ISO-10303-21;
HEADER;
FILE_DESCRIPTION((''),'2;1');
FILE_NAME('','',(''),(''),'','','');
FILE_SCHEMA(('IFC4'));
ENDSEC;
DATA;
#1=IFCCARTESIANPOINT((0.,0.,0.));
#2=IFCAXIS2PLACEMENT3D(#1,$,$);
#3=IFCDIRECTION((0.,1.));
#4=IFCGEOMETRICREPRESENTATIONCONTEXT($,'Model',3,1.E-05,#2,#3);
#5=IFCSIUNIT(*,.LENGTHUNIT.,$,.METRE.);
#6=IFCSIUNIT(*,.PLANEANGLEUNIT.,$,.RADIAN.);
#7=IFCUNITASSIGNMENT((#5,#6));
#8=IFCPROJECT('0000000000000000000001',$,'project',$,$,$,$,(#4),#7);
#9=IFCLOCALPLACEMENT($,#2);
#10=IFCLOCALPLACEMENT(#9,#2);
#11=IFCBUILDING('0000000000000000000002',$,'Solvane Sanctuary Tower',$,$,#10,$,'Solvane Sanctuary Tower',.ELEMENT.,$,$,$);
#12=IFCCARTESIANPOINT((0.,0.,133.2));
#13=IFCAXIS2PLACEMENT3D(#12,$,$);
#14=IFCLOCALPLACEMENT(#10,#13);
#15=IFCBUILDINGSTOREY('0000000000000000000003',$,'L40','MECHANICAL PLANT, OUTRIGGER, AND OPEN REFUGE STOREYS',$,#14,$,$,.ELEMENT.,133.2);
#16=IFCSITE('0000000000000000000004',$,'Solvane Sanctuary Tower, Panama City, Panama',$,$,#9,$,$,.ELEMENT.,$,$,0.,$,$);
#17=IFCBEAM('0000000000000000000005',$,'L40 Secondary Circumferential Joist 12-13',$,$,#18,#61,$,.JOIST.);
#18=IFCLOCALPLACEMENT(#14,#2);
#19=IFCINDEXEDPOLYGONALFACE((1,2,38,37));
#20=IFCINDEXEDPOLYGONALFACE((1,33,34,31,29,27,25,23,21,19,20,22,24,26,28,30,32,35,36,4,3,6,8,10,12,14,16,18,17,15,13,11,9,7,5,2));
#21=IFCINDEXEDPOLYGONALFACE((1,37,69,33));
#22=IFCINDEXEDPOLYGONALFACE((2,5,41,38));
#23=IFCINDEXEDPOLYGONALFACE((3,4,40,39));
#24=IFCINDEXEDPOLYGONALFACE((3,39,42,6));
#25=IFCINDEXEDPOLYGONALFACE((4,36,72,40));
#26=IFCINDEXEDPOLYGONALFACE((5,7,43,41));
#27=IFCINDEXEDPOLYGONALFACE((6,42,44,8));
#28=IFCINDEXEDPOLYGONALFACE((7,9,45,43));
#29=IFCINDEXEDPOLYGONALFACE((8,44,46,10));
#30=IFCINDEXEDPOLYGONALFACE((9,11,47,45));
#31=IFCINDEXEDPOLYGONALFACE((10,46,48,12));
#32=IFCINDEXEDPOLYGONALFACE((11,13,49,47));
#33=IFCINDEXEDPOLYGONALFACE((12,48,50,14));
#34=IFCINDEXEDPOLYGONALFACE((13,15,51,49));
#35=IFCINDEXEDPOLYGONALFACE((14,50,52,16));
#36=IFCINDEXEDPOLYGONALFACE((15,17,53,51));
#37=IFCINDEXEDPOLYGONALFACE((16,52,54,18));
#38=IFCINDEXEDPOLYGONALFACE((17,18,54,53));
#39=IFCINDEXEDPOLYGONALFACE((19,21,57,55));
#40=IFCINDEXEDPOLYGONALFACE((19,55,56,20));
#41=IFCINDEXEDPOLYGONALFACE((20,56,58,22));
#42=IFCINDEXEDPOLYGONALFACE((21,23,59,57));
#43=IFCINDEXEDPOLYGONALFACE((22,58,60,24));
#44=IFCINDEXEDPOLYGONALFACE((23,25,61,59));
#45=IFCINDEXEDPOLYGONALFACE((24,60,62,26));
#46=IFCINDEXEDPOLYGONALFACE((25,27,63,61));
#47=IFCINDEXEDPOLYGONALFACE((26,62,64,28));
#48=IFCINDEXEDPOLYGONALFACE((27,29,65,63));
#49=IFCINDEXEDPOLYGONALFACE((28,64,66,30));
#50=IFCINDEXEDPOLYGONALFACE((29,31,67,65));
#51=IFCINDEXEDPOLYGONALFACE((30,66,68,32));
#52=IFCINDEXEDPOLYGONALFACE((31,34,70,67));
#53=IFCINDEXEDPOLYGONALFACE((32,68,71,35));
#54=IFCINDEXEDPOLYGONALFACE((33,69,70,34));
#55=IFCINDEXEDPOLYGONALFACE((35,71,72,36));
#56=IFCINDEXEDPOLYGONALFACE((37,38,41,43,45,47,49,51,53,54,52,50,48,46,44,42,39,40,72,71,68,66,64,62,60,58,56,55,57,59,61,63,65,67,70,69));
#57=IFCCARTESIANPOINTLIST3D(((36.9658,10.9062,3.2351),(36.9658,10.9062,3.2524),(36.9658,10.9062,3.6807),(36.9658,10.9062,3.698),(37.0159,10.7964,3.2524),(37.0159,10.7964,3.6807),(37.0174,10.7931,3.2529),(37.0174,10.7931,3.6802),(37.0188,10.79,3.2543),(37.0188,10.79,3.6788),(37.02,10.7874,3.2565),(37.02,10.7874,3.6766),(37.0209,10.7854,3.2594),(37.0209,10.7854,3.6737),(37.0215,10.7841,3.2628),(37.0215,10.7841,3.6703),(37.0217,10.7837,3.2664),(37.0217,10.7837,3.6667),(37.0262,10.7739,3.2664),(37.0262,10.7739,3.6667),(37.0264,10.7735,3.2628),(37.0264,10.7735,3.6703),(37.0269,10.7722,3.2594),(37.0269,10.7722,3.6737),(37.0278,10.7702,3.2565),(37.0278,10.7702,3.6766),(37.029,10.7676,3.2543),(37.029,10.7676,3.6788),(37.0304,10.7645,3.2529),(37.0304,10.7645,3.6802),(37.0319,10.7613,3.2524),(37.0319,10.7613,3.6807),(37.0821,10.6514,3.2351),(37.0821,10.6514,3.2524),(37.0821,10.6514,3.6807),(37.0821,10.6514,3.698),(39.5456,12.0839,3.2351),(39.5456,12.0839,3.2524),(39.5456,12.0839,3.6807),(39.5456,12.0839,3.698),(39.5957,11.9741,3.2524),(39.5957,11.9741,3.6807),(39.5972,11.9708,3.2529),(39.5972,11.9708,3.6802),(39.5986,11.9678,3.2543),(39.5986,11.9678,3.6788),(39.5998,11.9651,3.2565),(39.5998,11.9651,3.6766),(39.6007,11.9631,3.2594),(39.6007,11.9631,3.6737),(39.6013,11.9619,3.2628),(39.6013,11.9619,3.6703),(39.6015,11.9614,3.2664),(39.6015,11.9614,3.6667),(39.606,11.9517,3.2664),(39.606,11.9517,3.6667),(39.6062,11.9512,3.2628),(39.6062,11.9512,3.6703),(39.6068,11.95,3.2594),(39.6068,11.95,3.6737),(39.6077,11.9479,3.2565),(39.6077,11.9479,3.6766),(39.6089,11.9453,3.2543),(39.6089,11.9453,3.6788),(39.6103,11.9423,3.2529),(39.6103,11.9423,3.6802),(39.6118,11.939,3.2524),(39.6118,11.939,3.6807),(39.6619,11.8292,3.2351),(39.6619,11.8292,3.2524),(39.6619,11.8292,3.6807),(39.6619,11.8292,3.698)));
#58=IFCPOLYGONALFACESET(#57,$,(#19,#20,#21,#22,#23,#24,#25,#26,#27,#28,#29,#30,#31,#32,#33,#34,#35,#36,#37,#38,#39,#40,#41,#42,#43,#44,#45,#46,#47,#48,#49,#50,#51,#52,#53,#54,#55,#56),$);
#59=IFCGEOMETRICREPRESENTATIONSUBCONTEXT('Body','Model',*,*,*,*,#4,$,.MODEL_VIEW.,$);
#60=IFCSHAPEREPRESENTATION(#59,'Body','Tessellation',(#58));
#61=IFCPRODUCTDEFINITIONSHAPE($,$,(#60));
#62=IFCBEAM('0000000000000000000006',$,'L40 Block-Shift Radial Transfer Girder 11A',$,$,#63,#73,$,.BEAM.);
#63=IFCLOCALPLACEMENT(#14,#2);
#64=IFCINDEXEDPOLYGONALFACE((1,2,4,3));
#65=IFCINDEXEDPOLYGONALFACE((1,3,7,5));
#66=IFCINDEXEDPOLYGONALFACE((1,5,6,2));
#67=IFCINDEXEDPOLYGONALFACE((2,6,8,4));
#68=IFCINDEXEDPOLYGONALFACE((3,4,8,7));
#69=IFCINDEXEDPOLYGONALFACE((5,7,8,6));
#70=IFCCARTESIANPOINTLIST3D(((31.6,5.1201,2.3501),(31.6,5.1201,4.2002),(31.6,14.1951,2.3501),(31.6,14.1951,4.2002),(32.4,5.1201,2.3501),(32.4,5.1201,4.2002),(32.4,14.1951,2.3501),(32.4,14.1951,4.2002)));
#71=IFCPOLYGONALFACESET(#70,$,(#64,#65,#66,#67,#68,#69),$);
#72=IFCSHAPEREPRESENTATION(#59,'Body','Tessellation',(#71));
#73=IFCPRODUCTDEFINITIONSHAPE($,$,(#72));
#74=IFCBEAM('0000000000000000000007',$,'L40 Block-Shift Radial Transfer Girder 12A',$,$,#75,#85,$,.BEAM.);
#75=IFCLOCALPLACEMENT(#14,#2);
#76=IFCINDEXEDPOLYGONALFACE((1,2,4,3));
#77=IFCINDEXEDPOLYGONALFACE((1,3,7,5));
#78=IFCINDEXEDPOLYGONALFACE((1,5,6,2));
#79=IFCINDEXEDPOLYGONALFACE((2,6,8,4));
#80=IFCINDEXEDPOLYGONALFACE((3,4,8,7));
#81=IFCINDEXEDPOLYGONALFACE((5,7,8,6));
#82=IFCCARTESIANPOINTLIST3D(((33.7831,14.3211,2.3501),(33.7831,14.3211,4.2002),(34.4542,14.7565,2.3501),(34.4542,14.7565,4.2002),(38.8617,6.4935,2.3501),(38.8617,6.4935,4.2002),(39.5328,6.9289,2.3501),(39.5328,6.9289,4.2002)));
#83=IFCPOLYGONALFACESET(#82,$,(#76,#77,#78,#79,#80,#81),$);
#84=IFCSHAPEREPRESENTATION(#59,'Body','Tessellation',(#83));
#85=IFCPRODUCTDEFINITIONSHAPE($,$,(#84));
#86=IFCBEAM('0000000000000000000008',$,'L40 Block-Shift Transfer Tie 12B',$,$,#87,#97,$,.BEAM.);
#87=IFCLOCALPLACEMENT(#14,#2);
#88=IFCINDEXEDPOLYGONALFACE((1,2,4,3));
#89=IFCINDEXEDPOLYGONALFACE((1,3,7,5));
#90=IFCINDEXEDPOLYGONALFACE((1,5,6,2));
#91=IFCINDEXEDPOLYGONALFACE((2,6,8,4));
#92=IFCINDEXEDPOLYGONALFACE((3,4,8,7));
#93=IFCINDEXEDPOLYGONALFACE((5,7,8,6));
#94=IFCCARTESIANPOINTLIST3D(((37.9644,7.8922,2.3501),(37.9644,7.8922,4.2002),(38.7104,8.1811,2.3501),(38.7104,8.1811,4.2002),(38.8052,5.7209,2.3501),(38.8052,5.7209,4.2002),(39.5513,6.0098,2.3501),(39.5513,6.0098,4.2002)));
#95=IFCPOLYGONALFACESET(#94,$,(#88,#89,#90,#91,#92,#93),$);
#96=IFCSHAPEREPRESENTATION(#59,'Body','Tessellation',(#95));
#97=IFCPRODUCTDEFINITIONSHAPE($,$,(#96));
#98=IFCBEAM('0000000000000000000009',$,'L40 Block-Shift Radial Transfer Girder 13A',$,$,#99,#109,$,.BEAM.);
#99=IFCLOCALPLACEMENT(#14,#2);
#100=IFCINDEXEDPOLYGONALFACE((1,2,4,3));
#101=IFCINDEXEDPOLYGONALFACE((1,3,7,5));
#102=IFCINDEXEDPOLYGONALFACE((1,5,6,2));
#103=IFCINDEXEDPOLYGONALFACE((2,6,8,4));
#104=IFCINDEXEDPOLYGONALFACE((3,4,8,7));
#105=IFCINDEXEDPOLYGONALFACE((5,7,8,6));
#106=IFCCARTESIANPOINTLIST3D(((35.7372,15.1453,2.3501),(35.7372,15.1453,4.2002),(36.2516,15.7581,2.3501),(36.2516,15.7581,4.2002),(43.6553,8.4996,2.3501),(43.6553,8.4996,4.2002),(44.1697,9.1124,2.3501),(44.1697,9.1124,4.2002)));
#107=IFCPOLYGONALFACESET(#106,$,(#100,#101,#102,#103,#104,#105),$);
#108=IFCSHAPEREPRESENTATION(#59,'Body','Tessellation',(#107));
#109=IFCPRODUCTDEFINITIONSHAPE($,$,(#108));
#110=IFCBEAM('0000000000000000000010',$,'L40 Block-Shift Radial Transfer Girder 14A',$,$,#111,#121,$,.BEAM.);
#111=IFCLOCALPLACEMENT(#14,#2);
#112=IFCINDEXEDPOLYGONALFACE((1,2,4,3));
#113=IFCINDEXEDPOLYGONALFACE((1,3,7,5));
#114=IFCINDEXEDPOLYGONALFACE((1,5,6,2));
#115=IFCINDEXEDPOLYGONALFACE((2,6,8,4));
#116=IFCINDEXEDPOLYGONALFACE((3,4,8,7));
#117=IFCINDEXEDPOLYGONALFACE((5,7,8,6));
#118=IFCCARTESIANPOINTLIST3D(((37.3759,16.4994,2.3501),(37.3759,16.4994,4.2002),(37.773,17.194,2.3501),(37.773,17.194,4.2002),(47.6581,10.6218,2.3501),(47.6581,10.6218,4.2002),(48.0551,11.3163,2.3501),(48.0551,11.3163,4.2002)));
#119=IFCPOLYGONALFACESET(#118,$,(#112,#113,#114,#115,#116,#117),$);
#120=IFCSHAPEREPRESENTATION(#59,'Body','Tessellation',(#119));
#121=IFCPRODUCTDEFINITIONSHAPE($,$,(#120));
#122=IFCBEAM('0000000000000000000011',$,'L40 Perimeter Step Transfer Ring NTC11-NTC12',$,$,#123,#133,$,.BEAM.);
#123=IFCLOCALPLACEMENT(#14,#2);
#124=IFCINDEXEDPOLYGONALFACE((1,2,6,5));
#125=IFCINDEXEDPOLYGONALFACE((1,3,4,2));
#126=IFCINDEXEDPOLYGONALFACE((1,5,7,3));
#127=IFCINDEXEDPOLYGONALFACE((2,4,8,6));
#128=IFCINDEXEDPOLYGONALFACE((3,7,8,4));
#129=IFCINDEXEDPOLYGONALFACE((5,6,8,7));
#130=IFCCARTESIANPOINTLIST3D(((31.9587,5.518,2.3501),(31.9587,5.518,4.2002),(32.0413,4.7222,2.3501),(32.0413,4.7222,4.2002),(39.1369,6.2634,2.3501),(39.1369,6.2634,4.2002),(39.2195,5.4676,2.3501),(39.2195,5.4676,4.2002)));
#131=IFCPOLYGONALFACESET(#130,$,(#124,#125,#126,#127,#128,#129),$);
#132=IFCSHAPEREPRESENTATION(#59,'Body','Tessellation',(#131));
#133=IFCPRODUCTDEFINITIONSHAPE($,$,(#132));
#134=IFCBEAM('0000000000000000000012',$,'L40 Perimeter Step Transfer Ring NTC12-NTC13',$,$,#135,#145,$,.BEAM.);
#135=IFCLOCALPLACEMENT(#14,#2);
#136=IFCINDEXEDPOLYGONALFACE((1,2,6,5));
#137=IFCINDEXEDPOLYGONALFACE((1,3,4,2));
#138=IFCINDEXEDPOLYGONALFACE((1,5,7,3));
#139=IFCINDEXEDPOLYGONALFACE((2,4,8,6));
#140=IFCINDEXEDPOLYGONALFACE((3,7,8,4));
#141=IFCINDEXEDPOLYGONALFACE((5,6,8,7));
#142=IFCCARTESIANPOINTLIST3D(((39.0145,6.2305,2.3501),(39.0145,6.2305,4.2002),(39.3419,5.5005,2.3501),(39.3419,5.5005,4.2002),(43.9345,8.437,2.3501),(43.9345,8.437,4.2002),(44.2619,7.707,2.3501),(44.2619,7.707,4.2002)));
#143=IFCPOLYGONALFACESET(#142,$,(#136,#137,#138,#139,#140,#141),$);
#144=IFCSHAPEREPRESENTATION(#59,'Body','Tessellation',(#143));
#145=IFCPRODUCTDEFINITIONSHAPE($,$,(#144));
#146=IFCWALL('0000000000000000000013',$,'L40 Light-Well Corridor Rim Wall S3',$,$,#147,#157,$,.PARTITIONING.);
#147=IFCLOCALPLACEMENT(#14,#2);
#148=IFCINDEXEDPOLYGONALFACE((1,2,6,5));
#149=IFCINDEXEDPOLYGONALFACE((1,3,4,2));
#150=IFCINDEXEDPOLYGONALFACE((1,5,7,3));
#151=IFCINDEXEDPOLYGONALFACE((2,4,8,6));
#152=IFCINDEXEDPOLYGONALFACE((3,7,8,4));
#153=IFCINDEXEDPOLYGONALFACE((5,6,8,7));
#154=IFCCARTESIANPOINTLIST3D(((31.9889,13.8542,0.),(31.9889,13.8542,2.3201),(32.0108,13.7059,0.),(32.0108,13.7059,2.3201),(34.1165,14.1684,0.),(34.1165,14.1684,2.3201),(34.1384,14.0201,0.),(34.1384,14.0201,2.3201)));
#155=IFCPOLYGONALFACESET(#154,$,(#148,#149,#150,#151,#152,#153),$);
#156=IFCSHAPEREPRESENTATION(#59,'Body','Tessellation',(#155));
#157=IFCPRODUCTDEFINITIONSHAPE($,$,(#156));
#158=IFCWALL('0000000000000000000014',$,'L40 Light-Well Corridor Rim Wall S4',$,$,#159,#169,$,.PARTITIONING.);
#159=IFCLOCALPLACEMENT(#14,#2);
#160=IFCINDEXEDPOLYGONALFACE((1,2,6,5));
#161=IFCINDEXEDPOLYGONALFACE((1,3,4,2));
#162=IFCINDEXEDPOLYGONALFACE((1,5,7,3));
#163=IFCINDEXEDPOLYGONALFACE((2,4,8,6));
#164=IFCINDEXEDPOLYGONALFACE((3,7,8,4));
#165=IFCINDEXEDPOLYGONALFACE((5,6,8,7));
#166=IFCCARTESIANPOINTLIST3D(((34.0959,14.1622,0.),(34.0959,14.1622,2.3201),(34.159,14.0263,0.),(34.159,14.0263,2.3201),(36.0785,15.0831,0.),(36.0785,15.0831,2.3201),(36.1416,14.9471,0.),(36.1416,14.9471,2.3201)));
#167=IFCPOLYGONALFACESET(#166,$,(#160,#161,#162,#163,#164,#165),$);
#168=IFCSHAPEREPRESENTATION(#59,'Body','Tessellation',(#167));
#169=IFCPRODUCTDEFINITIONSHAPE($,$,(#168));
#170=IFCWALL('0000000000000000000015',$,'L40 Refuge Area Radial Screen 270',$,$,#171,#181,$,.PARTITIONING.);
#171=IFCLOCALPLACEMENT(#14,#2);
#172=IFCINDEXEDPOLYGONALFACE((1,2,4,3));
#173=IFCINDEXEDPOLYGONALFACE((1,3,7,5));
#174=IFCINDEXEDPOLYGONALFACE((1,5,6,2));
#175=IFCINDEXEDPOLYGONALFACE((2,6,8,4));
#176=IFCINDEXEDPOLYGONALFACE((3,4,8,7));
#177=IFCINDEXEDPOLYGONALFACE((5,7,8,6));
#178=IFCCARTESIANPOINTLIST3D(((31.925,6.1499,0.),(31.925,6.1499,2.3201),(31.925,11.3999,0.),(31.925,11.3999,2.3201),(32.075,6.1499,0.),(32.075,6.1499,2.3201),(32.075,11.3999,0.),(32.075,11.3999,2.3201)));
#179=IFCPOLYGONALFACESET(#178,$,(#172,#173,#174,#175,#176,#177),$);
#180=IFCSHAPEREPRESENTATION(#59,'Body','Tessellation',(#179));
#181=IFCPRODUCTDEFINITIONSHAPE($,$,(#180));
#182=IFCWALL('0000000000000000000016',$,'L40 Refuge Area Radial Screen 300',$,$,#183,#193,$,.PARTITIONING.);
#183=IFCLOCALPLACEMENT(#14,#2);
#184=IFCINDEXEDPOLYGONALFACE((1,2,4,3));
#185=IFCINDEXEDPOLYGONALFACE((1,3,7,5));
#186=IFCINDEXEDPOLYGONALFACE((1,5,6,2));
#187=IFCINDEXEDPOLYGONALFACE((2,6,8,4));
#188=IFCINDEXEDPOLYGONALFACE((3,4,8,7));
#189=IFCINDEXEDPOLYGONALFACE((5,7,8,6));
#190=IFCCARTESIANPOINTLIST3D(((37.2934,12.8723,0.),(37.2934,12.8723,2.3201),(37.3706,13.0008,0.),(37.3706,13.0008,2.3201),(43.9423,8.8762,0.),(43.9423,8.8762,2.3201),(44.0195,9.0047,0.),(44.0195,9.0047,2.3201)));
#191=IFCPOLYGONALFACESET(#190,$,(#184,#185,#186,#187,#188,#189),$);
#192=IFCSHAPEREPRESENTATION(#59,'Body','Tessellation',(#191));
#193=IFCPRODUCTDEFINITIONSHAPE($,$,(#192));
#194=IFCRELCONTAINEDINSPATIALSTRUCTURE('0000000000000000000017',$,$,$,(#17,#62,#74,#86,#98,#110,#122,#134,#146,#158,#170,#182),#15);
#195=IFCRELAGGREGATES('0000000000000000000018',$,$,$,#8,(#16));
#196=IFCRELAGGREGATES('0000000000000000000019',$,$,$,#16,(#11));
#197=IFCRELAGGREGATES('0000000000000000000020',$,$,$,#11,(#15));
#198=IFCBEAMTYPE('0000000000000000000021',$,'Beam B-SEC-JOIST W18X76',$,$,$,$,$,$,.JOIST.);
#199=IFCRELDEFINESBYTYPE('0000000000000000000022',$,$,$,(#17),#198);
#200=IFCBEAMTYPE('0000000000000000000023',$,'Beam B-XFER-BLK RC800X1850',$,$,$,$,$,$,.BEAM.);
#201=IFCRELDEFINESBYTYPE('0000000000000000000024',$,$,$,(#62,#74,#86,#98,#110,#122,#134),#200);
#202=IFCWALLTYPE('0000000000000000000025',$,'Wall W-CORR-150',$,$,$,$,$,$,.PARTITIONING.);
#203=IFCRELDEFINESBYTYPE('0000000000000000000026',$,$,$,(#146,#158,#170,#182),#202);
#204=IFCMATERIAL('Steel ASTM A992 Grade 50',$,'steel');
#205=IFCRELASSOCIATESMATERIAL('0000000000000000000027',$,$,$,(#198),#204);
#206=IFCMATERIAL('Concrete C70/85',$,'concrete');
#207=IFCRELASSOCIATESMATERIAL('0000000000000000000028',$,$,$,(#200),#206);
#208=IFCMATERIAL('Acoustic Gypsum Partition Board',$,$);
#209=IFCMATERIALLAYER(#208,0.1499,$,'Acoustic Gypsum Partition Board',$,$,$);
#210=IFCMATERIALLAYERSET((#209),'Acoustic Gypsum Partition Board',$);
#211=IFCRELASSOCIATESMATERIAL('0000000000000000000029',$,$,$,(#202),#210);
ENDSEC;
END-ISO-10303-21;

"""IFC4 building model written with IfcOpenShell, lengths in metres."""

from ifc_helpers import new_model, si_unit, direction, frame, frame_2d, origin, origin_2d, place, context, subcontext, project, spatial, rectangle, i_section, extrude, material, layer, layer_set, material_profile, profile_set, type_object, element, save


model = new_model("IFC4")

# Units and contexts
model_context = context("Model", 3, precision=1e-05, world=origin(), true_north=direction((0.0, 1.0)))
body_context = subcontext(model_context, "Body", "Model", "MODEL_VIEW")
ifc_project = project(units=[si_unit("LENGTHUNIT", "METRE"), si_unit("PLANEANGLEUNIT", "RADIAN")], contexts=[model_context])

# Site, building, storey
site_placement = place(None, origin())
site = spatial("IfcSite", under=ifc_project, at=site_placement, Name="Solvane Sanctuary Tower, Panama City, Panama", CompositionType="ELEMENT", RefElevation=0.0)
building_placement = place(site_placement, origin())
building = spatial("IfcBuilding", under=site, at=building_placement, Name="Solvane Sanctuary Tower", LongName="Solvane Sanctuary Tower", CompositionType="ELEMENT")
storey_placement = place(building_placement, frame((0.0, 0.0, 133.2)))
storey = spatial("IfcBuildingStorey", under=building, at=storey_placement, Name="L40", Description="MECHANICAL PLANT, OUTRIGGER, AND OPEN REFUGE STOREYS", CompositionType="ELEMENT", Elevation=133.2)

# Beams
ifc_material_1 = material(Name="Steel ASTM A992 Grade 50", Category="steel")
ifc_material_profile_1 = material_profile(ifc_material_1, i_section(OverallWidth=0.28, OverallDepth=0.4629, WebThickness=0.0107, FlangeThickness=0.0173, FilletRadius=0.0139, at=origin_2d()), Name="W18X76")
ifc_profile_set_1 = profile_set([ifc_material_profile_1], Name="Steel ASTM A992 Grade 50")
beam_type_1 = type_object("IfcBeamType", Name="Beam B-SEC-JOIST W18X76", PredefinedType="JOIST", material=ifc_profile_set_1)
beam_1_placement = place(storey_placement, frame((37.0239, 10.7788, 3.4666), z_axis=(0.90969, 0.415288, 0.0), x_axis=(-0.415288, 0.90969, 0.0)))
element("IfcBeam", 1, at=beam_1_placement, inside=storey, type_object=beam_type_1, Name="L40 Secondary Circumferential Joist 12-13", PredefinedType="JOIST", context=body_context, shape_type="SweptSolid", body=[
    extrude(i_section(OverallWidth=0.28, OverallDepth=0.4629, WebThickness=0.0107, FlangeThickness=0.0173, FilletRadius=0.0139, at=origin_2d()), origin(), (0.0, 0.0, 1.0), 2.8359),
])
ifc_material_2 = material(Name="Concrete C70/85", Category="concrete")
ifc_material_profile_2 = material_profile(ifc_material_2, rectangle(XDim=0.8, YDim=1.8501, at=origin_2d()), Name="RC800X1850")
ifc_profile_set_2 = profile_set([ifc_material_profile_2], Name="Concrete C70/85")
beam_type_2 = type_object("IfcBeamType", Name="Beam B-XFER-BLK RC800X1850", PredefinedType="BEAM", material=ifc_profile_set_2)
beam_2_placement = place(storey_placement, frame((32.0, 14.1951, 3.2751), z_axis=(0.0, -1.0, 0.0), x_axis=(1.0, 0.0, 0.0)))
element("IfcBeam", 2, at=beam_2_placement, inside=storey, type_object=beam_type_2, Name="L40 Block-Shift Radial Transfer Girder 11A", PredefinedType="BEAM", context=body_context, shape_type="SweptSolid", body=[
    extrude(rectangle(XDim=0.8, YDim=1.8501, at=origin_2d()), origin(), (0.0, 0.0, 1.0), 9.075),
])
beam_3_placement = place(storey_placement, frame((34.1187, 14.5388, 3.2751), z_axis=(0.544284, -0.838901, 0.0), x_axis=(0.838901, 0.544284, 0.0)))
element("IfcBeam", 3, at=beam_3_placement, inside=storey, type_object=beam_type_2, Name="L40 Block-Shift Radial Transfer Girder 12A", PredefinedType="BEAM", context=body_context, shape_type="SweptSolid", body=[
    extrude(rectangle(XDim=0.8, YDim=1.8501, at=origin_2d()), origin(), (0.0, 0.0, 1.0), 9.3308),
])
beam_4_placement = place(storey_placement, frame((38.3374, 8.0366, 3.2751), z_axis=(0.361135, -0.932513, 0.0), x_axis=(0.932513, 0.361135, 0.0)))
element("IfcBeam", 4, at=beam_4_placement, inside=storey, type_object=beam_type_2, Name="L40 Block-Shift Transfer Tie 12B", PredefinedType="BEAM", context=body_context, shape_type="SweptSolid", body=[
    extrude(rectangle(XDim=0.8, YDim=1.8501, at=origin_2d()), origin(), (0.0, 0.0, 1.0), 2.3284),
])
beam_5_placement = place(storey_placement, frame((35.9944, 15.4517, 3.2751), z_axis=(0.765969, -0.642877, 0.0), x_axis=(0.642877, 0.765969, 0.0)))
element("IfcBeam", 5, at=beam_5_placement, inside=storey, type_object=beam_type_2, Name="L40 Block-Shift Radial Transfer Girder 13A", PredefinedType="BEAM", context=body_context, shape_type="SweptSolid", body=[
    extrude(rectangle(XDim=0.8, YDim=1.8501, at=origin_2d()), origin(), (0.0, 0.0, 1.0), 10.3374),
])
beam_6_placement = place(storey_placement, frame((37.5745, 16.8467, 3.2751), z_axis=(0.868166, -0.496274, 0.0), x_axis=(0.496274, 0.868166, 0.0)))
element("IfcBeam", 6, at=beam_6_placement, inside=storey, type_object=beam_type_2, Name="L40 Block-Shift Radial Transfer Girder 14A", PredefinedType="BEAM", context=body_context, shape_type="SweptSolid", body=[
    extrude(rectangle(XDim=0.8, YDim=1.8501, at=origin_2d()), origin(), (0.0, 0.0, 1.0), 11.8435),
])
beam_7_placement = place(storey_placement, frame((32.0, 5.1201, 3.2751), z_axis=(0.994652, 0.103281, 0.0), x_axis=(-0.103281, 0.994652, 0.0)))
element("IfcBeam", 7, at=beam_7_placement, inside=storey, type_object=beam_type_2, Name="L40 Perimeter Step Transfer Ring NTC11-NTC12", PredefinedType="BEAM", context=body_context, shape_type="SweptSolid", body=[
    extrude(rectangle(XDim=0.8, YDim=1.8501, at=origin_2d()), origin(), (0.0, 0.0, 1.0), 7.2168),
])
beam_8_placement = place(storey_placement, frame((39.1782, 5.8655, 3.2751), z_axis=(0.912436, 0.40922, 0.0), x_axis=(-0.40922, 0.912436, 0.0)))
element("IfcBeam", 8, at=beam_8_placement, inside=storey, type_object=beam_type_2, Name="L40 Perimeter Step Transfer Ring NTC12-NTC13", PredefinedType="BEAM", context=body_context, shape_type="SweptSolid", body=[
    extrude(rectangle(XDim=0.8, YDim=1.8501, at=origin_2d()), origin(), (0.0, 0.0, 1.0), 5.3921),
])

# Walls
ifc_material_3 = material(Name="Acoustic Gypsum Partition Board")
ifc_layer = layer(ifc_material_3, 0.1499, Name="Acoustic Gypsum Partition Board")
ifc_layer_set = layer_set([ifc_layer], Name="Acoustic Gypsum Partition Board")
wall_type = type_object("IfcWallType", Name="Wall W-CORR-150", PredefinedType="PARTITIONING", material=ifc_layer_set)
wall_1_placement = place(storey_placement, frame((32.0, 13.78, 0.0), z_axis=(0.0, 0.0, 1.0), x_axis=(0.989269, 0.146108, 0.0)))
element("IfcWall", 9, at=wall_1_placement, inside=storey, type_object=wall_type, Name="L40 Light-Well Corridor Rim Wall S3", PredefinedType="PARTITIONING", context=body_context, shape_type="SweptSolid", body=[
    extrude(rectangle(XDim=2.1506, YDim=0.1499, at=frame_2d((1.0752, 0.0))), origin(), (0.0, 0.0, 1.0), 2.3201),
])
wall_2_placement = place(storey_placement, frame((34.1274, 14.0942, 0.0), z_axis=(0.0, 0.0, 1.0), x_axis=(0.906943, 0.421252, 0.0)))
element("IfcWall", 10, at=wall_2_placement, inside=storey, type_object=wall_type, Name="L40 Light-Well Corridor Rim Wall S4", PredefinedType="PARTITIONING", context=body_context, shape_type="SweptSolid", body=[
    extrude(rectangle(XDim=2.186, YDim=0.1499, at=frame_2d((1.093, 0.0))), origin(), (0.0, 0.0, 1.0), 2.3201),
])
wall_3_placement = place(storey_placement, frame((32.0, 11.3999, 0.0), z_axis=(0.0, 0.0, 1.0), x_axis=(0.0, -1.0, 0.0)))
element("IfcWall", 11, at=wall_3_placement, inside=storey, type_object=wall_type, Name="L40 Refuge Area Radial Screen 270", PredefinedType="PARTITIONING", context=body_context, shape_type="SweptSolid", body=[
    extrude(rectangle(XDim=5.25, YDim=0.1499, at=frame_2d((2.625, 0.0))), origin(), (0.0, 0.0, 1.0), 2.3201),
])
wall_4_placement = place(storey_placement, frame((37.332, 12.9365, 0.0), z_axis=(0.0, 0.0, 1.0), x_axis=(0.857109, -0.515134, 0.0)))
element("IfcWall", 12, at=wall_4_placement, inside=storey, type_object=wall_type, Name="L40 Refuge Area Radial Screen 300", PredefinedType="PARTITIONING", context=body_context, shape_type="SweptSolid", body=[
    extrude(rectangle(XDim=7.7573, YDim=0.1499, at=frame_2d((3.8787, 0.0))), origin(), (0.0, 0.0, 1.0), 2.3201),
])

save(model, "model.ifc")
